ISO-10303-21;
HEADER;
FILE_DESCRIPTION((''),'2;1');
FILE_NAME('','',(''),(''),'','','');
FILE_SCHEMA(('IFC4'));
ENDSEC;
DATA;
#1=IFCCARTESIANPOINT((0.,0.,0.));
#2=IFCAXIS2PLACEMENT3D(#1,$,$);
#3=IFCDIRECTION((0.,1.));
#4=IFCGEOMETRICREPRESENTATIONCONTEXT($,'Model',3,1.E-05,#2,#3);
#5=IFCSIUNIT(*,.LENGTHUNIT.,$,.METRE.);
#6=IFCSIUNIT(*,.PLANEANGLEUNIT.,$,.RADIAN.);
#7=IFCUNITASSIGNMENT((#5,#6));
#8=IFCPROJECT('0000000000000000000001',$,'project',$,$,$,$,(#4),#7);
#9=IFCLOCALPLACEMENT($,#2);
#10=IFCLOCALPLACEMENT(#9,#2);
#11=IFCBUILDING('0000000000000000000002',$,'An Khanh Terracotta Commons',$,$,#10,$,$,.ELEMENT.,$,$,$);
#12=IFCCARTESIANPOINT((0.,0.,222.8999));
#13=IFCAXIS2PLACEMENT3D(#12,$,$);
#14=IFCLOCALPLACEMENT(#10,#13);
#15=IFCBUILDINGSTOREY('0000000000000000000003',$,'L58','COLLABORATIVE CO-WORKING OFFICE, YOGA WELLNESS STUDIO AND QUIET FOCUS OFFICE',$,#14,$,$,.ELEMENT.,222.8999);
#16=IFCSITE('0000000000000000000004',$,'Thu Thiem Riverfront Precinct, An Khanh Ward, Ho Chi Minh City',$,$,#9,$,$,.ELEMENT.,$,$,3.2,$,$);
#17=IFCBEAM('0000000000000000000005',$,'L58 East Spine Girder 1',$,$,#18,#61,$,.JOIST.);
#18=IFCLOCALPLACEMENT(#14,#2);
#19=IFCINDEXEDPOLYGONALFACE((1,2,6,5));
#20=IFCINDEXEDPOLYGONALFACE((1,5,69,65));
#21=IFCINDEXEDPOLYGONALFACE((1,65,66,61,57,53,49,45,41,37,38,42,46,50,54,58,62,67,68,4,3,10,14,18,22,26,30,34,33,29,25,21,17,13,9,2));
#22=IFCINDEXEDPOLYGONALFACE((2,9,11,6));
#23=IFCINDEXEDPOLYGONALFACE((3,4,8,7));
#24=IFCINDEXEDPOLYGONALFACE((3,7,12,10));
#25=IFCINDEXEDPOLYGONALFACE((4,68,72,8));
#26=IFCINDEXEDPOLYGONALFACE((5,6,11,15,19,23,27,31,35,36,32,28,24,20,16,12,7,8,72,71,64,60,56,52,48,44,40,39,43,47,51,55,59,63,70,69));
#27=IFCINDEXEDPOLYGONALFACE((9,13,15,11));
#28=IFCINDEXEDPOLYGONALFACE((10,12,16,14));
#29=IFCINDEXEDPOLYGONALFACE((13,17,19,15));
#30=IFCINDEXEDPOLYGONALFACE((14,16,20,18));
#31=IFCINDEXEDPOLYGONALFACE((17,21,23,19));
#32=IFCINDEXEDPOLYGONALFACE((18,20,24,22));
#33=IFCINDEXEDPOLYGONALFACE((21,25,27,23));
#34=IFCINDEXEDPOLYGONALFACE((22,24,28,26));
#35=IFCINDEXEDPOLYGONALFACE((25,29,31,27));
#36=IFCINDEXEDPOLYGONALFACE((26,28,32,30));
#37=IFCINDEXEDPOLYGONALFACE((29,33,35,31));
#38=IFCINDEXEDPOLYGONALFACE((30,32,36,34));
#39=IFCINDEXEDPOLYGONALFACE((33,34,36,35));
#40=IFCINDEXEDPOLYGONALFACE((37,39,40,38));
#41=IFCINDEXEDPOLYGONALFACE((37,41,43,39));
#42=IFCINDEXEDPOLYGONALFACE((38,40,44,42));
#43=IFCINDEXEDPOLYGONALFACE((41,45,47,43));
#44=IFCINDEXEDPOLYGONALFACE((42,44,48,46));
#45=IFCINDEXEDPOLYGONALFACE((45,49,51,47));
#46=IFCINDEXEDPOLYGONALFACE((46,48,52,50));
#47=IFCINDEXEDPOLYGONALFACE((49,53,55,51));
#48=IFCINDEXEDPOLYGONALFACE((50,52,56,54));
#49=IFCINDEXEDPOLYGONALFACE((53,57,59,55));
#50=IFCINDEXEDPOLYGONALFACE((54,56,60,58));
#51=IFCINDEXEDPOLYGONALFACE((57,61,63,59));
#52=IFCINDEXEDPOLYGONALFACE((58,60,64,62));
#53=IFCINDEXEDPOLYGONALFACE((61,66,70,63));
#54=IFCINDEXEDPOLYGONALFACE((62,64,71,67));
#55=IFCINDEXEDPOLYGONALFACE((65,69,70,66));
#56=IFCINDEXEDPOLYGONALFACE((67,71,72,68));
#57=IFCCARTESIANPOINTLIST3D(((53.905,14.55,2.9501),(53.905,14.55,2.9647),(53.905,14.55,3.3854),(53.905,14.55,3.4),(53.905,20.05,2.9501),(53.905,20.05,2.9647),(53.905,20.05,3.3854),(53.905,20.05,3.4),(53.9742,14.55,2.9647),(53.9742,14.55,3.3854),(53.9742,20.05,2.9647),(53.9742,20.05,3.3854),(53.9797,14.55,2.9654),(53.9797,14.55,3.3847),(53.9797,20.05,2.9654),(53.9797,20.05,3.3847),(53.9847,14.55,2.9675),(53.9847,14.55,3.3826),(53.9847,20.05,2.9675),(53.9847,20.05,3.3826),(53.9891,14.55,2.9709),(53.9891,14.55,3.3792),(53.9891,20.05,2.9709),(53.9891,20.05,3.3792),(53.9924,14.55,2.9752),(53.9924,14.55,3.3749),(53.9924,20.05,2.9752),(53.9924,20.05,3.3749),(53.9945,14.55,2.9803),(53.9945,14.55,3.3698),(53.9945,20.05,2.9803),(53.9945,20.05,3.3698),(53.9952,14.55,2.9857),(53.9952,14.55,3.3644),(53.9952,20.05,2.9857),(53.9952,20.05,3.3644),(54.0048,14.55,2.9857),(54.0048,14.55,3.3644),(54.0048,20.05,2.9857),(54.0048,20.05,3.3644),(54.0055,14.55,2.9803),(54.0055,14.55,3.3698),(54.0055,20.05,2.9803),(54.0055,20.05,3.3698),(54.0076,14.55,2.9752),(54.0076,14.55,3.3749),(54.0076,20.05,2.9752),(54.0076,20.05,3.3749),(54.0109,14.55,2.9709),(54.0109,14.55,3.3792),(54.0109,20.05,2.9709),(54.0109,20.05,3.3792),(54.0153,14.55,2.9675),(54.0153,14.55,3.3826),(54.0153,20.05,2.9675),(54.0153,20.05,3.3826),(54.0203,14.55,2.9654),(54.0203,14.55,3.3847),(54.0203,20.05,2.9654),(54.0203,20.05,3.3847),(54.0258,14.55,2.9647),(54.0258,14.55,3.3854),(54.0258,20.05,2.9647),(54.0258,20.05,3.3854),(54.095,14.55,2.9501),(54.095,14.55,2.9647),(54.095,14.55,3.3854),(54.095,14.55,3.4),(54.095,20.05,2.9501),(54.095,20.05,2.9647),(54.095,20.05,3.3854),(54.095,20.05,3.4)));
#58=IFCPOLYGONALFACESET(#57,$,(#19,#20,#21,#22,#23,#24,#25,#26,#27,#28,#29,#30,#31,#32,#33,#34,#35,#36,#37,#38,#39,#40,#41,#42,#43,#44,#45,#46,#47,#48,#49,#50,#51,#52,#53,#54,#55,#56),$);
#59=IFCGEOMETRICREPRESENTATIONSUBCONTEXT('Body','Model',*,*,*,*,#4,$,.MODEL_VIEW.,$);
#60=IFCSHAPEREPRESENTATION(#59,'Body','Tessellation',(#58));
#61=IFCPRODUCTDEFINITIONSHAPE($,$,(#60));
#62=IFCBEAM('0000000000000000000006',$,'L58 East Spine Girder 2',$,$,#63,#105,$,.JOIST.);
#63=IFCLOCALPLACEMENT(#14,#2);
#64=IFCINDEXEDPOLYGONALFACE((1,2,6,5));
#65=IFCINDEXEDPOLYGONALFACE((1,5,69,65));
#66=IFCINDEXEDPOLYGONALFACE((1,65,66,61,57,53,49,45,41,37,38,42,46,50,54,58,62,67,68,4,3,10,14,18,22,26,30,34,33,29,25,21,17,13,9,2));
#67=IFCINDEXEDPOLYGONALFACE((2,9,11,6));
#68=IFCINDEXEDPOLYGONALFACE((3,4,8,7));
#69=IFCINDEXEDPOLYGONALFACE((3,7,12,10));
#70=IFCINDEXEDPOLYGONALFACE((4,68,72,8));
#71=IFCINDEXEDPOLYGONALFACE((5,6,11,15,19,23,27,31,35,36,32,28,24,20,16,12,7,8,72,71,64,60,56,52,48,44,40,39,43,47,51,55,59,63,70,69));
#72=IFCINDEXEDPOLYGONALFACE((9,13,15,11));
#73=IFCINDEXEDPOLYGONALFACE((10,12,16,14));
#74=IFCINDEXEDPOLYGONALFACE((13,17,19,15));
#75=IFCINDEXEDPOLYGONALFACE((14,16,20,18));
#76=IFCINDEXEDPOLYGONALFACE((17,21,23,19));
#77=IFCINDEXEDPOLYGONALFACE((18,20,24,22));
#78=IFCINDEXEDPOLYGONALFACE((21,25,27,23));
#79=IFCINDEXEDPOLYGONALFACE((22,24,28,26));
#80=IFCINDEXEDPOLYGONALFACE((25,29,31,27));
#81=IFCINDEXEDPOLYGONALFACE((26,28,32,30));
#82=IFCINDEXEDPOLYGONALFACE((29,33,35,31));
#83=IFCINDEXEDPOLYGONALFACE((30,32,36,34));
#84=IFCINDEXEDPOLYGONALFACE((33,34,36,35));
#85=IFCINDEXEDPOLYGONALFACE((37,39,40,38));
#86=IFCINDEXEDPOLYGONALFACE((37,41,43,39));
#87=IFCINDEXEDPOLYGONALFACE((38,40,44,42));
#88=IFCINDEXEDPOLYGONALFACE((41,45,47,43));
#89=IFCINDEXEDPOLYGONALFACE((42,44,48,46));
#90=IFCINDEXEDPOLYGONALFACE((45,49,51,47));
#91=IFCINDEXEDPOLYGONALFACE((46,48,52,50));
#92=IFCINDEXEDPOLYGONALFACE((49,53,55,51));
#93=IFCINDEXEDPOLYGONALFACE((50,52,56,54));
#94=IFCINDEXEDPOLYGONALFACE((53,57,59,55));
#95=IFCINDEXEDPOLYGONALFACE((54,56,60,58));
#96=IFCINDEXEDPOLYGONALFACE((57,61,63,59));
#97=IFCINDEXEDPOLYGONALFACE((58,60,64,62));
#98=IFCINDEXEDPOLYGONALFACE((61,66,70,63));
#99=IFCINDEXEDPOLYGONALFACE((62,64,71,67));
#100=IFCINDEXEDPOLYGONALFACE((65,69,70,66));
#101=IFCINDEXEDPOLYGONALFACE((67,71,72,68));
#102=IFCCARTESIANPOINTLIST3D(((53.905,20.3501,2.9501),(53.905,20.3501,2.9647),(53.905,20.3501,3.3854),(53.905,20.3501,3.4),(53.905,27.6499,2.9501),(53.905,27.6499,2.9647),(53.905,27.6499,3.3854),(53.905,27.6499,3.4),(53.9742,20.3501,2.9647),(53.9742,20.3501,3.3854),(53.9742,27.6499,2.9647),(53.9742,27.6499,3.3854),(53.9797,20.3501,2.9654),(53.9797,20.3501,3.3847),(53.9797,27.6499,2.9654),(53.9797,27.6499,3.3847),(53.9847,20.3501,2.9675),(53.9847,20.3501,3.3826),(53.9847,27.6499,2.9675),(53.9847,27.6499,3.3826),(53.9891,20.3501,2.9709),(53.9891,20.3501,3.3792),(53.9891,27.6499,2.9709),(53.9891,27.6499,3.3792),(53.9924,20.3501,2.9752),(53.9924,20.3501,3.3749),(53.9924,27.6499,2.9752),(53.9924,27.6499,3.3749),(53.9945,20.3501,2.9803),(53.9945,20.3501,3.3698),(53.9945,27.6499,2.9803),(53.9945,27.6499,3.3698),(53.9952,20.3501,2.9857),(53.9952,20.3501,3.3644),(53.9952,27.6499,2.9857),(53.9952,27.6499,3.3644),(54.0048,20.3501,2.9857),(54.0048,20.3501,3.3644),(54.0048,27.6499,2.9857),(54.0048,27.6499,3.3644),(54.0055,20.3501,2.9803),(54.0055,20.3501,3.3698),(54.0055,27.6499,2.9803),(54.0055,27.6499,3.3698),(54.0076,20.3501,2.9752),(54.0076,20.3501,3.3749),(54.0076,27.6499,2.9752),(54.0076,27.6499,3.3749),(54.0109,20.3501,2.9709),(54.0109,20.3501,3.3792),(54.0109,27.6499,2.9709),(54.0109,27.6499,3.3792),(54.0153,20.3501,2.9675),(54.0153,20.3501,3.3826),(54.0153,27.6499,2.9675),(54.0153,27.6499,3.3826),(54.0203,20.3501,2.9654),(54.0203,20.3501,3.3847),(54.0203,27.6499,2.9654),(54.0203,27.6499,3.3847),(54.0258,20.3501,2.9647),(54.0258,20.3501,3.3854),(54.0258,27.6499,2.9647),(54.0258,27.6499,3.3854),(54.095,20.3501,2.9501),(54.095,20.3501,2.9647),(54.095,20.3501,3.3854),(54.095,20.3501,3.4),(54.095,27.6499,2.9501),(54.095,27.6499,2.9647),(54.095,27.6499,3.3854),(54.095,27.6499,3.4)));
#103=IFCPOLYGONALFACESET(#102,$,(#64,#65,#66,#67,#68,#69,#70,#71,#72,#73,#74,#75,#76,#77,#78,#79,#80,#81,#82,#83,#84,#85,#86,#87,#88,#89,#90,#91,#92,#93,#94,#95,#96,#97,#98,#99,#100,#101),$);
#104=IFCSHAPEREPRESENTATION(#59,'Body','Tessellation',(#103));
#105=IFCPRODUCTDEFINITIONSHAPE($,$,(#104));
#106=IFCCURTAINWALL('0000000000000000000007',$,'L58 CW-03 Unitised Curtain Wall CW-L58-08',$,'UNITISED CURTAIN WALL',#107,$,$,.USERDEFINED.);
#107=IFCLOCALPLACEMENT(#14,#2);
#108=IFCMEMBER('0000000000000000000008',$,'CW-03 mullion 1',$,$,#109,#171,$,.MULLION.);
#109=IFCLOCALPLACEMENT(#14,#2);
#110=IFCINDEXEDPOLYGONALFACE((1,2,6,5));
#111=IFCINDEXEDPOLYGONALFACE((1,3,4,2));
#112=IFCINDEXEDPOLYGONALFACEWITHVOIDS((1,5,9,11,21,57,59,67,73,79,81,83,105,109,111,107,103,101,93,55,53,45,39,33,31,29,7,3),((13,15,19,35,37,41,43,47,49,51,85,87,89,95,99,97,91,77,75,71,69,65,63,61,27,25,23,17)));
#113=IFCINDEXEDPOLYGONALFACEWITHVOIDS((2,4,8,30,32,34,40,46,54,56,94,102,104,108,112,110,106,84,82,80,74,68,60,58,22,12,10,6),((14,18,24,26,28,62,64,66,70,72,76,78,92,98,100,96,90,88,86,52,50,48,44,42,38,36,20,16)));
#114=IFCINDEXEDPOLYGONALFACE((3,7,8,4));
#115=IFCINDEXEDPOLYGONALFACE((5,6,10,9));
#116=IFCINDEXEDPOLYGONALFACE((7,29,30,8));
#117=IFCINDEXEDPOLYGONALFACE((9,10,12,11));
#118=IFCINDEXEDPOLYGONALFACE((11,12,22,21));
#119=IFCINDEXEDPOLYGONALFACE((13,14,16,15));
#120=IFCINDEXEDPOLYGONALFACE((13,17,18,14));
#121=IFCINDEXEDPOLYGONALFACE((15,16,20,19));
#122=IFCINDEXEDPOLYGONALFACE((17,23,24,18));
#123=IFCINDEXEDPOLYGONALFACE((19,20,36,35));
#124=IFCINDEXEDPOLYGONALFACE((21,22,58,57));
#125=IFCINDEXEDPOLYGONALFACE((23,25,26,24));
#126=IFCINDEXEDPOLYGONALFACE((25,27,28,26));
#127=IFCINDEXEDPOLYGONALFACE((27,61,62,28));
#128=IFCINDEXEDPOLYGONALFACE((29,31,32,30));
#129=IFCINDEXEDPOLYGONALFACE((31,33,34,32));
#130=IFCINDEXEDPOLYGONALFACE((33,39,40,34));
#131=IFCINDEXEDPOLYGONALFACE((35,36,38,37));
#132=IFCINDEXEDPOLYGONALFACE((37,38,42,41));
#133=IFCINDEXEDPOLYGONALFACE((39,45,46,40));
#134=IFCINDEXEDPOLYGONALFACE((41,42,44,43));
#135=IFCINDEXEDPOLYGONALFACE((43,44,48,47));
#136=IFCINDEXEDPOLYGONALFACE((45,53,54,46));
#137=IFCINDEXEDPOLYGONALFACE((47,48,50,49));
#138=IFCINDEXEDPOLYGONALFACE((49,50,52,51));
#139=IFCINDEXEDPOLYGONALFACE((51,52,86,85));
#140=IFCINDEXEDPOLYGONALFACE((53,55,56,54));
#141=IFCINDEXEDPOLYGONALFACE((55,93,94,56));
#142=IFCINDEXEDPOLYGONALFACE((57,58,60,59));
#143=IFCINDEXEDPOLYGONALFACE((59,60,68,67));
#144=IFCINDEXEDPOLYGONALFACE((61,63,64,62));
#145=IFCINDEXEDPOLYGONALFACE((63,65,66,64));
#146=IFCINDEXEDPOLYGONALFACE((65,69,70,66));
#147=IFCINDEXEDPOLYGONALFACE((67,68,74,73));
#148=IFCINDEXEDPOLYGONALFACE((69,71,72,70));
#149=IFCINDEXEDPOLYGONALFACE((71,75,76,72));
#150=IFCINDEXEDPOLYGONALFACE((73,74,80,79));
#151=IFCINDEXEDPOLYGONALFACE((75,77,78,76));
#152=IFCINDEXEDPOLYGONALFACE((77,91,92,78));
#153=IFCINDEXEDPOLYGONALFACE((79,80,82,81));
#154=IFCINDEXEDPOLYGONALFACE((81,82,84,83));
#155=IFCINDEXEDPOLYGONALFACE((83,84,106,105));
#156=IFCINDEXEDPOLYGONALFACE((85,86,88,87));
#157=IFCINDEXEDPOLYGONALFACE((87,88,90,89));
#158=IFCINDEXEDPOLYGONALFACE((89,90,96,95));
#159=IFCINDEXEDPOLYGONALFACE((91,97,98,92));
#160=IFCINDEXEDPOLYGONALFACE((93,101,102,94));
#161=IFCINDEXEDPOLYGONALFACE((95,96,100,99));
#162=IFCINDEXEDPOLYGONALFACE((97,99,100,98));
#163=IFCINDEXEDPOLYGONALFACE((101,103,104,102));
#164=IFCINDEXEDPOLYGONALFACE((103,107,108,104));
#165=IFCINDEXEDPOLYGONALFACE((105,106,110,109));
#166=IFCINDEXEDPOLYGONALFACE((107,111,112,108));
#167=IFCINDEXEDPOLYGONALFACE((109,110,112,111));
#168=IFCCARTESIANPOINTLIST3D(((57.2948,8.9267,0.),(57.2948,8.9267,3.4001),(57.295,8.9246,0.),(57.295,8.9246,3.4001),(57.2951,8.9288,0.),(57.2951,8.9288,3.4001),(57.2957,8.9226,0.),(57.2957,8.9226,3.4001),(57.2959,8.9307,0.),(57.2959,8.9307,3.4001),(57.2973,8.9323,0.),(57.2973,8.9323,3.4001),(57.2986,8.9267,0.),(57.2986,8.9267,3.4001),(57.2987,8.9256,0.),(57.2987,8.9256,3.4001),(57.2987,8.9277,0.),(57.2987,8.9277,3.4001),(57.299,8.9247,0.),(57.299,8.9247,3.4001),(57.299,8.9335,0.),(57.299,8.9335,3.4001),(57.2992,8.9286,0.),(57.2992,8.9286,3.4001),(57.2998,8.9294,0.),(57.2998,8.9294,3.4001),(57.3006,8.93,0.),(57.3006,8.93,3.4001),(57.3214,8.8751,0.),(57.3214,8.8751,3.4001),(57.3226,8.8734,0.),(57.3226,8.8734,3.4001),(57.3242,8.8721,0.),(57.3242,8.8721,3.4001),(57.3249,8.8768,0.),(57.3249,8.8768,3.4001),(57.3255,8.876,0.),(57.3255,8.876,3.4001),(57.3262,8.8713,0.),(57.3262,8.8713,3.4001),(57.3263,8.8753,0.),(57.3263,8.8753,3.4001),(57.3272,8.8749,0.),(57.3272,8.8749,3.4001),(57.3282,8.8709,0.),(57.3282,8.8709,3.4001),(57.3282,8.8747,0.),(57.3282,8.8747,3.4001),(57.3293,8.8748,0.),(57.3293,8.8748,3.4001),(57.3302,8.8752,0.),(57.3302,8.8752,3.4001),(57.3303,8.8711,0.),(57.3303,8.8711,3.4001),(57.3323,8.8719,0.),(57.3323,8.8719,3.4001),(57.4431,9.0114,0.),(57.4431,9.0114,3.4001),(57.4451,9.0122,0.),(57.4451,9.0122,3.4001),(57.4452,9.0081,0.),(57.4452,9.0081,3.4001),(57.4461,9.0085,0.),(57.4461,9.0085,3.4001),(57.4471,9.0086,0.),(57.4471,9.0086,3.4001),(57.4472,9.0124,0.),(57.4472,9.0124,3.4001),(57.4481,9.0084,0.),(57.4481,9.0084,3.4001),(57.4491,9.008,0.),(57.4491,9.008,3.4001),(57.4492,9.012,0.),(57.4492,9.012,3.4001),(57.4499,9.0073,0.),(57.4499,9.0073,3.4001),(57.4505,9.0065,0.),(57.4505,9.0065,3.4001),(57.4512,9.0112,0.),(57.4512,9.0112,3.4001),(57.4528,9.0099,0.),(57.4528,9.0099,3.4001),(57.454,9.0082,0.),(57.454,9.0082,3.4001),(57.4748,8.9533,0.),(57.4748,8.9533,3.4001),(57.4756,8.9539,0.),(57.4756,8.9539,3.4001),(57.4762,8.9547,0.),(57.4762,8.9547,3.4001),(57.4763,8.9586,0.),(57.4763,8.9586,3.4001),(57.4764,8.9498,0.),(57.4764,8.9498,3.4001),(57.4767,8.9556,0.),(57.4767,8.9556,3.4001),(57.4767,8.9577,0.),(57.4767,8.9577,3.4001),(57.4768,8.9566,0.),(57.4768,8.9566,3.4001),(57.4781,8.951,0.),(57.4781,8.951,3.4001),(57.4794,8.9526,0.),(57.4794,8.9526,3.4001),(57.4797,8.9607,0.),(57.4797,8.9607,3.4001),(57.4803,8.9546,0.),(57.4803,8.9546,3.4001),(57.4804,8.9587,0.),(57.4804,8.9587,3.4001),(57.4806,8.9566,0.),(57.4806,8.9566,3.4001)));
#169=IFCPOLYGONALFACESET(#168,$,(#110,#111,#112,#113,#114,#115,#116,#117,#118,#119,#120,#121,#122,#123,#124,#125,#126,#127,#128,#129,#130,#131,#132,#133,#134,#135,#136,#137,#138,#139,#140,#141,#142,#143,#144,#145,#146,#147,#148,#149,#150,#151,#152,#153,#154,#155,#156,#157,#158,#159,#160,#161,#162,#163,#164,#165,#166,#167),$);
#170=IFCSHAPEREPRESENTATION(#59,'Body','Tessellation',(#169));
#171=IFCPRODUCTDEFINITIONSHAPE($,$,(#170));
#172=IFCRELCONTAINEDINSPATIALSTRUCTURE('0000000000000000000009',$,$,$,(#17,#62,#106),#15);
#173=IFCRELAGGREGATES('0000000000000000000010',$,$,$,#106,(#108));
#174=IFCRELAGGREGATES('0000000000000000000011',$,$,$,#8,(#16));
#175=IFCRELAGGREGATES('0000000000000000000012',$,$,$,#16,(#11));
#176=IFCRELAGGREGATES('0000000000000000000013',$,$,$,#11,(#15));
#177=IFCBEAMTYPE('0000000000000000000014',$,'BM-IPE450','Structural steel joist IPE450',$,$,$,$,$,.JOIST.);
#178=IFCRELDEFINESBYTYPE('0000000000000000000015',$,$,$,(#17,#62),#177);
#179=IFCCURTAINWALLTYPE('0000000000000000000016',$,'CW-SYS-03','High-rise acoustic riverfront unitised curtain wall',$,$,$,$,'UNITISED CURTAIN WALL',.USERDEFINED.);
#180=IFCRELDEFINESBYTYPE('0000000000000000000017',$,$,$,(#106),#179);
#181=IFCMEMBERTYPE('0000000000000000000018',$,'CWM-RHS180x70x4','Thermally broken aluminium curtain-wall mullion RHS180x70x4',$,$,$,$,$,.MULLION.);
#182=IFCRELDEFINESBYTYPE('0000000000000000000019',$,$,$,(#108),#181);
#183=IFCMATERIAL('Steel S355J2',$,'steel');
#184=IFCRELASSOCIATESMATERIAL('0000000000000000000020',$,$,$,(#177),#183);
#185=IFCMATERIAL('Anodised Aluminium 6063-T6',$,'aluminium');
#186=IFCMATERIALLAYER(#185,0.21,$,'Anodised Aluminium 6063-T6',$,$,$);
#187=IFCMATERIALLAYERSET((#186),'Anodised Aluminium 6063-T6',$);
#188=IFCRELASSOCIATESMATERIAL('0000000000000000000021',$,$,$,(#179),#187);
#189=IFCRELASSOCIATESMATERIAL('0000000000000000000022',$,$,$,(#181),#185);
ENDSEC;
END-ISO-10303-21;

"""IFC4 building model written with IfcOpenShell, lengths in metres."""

from ifc_helpers import new_model, si_unit, direction, frame, origin, origin_2d, place, context, subcontext, project, spatial, hollow_rectangle, i_section, extrude, material, layer, layer_set, material_profile, profile_set, type_object, element, aggregate, save


model = new_model("IFC4")

# Units and contexts
model_context = context("Model", 3, precision=1e-05, world=origin(), true_north=direction((0.0, 1.0)))
body_context = subcontext(model_context, "Body", "Model", "MODEL_VIEW")
ifc_project = project(units=[si_unit("LENGTHUNIT", "METRE"), si_unit("PLANEANGLEUNIT", "RADIAN")], contexts=[model_context])

# Site, building, storey
site_placement = place(None, origin())
site = spatial("IfcSite", under=ifc_project, at=site_placement, Name="Thu Thiem Riverfront Precinct, An Khanh Ward, Ho Chi Minh City", CompositionType="ELEMENT", RefElevation=3.2)
building_placement = place(site_placement, origin())
building = spatial("IfcBuilding", under=site, at=building_placement, Name="An Khanh Terracotta Commons", CompositionType="ELEMENT")
storey_placement = place(building_placement, frame((0.0, 0.0, 222.8999)))
storey = spatial("IfcBuildingStorey", under=building, at=storey_placement, Name="L58", Description="COLLABORATIVE CO-WORKING OFFICE, YOGA WELLNESS STUDIO AND QUIET FOCUS OFFICE", CompositionType="ELEMENT", Elevation=222.8999)

# Beams
ifc_material_1 = material(Name="Steel S355J2", Category="steel")
ifc_material_profile_1 = material_profile(ifc_material_1, i_section(OverallWidth=0.1899, OverallDepth=0.45, WebThickness=0.0095, FlangeThickness=0.0146, FilletRadius=0.021, at=origin_2d()), Name="IPE450")
ifc_profile_set_1 = profile_set([ifc_material_profile_1], Name="Steel S355J2")
beam_type_1 = type_object("IfcBeamType", Name="BM-IPE450", Description="Structural steel joist IPE450", PredefinedType="JOIST", material=ifc_profile_set_1)
beam_1_placement = place(storey_placement, frame((54.0, 14.55, 3.175), z_axis=(0.0, 1.0, 0.0), x_axis=(-1.0, 0.0, 0.0)))
element("IfcBeam", 1, at=beam_1_placement, inside=storey, type_object=beam_type_1, Name="L58 East Spine Girder 1", PredefinedType="JOIST", context=body_context, shape_type="SweptSolid", body=[
    extrude(i_section(OverallWidth=0.1899, OverallDepth=0.45, WebThickness=0.0095, FlangeThickness=0.0146, FilletRadius=0.021, at=origin_2d()), origin(), (0.0, 0.0, 1.0), 5.5),
])
beam_2_placement = place(storey_placement, frame((54.0, 20.3501, 3.175), z_axis=(0.0, 1.0, 0.0), x_axis=(-1.0, 0.0, 0.0)))
element("IfcBeam", 2, at=beam_2_placement, inside=storey, type_object=beam_type_1, Name="L58 East Spine Girder 2", PredefinedType="JOIST", context=body_context, shape_type="SweptSolid", body=[
    extrude(i_section(OverallWidth=0.1899, OverallDepth=0.45, WebThickness=0.0095, FlangeThickness=0.0146, FilletRadius=0.021, at=origin_2d()), origin(), (0.0, 0.0, 1.0), 7.2998),
])

# Curtain wall, member
ifc_material_2 = material(Name="Anodised Aluminium 6063-T6", Category="aluminium")
ifc_layer_1 = layer(ifc_material_2, 0.21, Name="Anodised Aluminium 6063-T6")
ifc_layer_set_1 = layer_set([ifc_layer_1], Name="Anodised Aluminium 6063-T6")
curtain_wall_type = type_object("IfcCurtainWallType", Name="CW-SYS-03", Description="High-rise acoustic riverfront unitised curtain wall", ElementType="UNITISED CURTAIN WALL", PredefinedType="USERDEFINED", material=ifc_layer_set_1)
curtain_wall_placement = place(storey_placement, origin())
curtain_wall = element("IfcCurtainWall", 3, at=curtain_wall_placement, inside=storey, type_object=curtain_wall_type, Name="L58 CW-03 Unitised Curtain Wall CW-L58-08", ObjectType="UNITISED CURTAIN WALL", PredefinedType="USERDEFINED")
ifc_material_profile_2 = material_profile(ifc_material_2, hollow_rectangle(XDim=0.0701, YDim=0.1799, WallThickness=0.0039, InnerFilletRadius=0.0039, OuterFilletRadius=0.0081, at=origin_2d()), Name="RHS180x70x4")
ifc_profile_set_2 = profile_set([ifc_material_profile_2], Name="Anodised Aluminium 6063-T6")
member_type_1 = type_object("IfcMemberType", Name="CWM-RHS180x70x4", Description="Thermally broken aluminium curtain-wall mullion RHS180x70x4", PredefinedType="MULLION", material=ifc_profile_set_2)
member_1_placement = place(storey_placement, frame((57.3877, 8.9417, 0.0), z_axis=(0.0, 0.0, 1.0), x_axis=(-0.475381, 0.87978, 0.0)))
member_1 = element("IfcMember", 4, at=member_1_placement, type_object=member_type_1, Name="CW-03 mullion 1", PredefinedType="MULLION", context=body_context, shape_type="SweptSolid", body=[
    extrude(hollow_rectangle(XDim=0.0701, YDim=0.1799, WallThickness=0.0039, InnerFilletRadius=0.0039, OuterFilletRadius=0.0081, at=origin_2d()), origin(), (0.0, 0.0, 1.0), 3.4001),
])
aggregate(curtain_wall, [member_1])

save(model, "model.ifc")
